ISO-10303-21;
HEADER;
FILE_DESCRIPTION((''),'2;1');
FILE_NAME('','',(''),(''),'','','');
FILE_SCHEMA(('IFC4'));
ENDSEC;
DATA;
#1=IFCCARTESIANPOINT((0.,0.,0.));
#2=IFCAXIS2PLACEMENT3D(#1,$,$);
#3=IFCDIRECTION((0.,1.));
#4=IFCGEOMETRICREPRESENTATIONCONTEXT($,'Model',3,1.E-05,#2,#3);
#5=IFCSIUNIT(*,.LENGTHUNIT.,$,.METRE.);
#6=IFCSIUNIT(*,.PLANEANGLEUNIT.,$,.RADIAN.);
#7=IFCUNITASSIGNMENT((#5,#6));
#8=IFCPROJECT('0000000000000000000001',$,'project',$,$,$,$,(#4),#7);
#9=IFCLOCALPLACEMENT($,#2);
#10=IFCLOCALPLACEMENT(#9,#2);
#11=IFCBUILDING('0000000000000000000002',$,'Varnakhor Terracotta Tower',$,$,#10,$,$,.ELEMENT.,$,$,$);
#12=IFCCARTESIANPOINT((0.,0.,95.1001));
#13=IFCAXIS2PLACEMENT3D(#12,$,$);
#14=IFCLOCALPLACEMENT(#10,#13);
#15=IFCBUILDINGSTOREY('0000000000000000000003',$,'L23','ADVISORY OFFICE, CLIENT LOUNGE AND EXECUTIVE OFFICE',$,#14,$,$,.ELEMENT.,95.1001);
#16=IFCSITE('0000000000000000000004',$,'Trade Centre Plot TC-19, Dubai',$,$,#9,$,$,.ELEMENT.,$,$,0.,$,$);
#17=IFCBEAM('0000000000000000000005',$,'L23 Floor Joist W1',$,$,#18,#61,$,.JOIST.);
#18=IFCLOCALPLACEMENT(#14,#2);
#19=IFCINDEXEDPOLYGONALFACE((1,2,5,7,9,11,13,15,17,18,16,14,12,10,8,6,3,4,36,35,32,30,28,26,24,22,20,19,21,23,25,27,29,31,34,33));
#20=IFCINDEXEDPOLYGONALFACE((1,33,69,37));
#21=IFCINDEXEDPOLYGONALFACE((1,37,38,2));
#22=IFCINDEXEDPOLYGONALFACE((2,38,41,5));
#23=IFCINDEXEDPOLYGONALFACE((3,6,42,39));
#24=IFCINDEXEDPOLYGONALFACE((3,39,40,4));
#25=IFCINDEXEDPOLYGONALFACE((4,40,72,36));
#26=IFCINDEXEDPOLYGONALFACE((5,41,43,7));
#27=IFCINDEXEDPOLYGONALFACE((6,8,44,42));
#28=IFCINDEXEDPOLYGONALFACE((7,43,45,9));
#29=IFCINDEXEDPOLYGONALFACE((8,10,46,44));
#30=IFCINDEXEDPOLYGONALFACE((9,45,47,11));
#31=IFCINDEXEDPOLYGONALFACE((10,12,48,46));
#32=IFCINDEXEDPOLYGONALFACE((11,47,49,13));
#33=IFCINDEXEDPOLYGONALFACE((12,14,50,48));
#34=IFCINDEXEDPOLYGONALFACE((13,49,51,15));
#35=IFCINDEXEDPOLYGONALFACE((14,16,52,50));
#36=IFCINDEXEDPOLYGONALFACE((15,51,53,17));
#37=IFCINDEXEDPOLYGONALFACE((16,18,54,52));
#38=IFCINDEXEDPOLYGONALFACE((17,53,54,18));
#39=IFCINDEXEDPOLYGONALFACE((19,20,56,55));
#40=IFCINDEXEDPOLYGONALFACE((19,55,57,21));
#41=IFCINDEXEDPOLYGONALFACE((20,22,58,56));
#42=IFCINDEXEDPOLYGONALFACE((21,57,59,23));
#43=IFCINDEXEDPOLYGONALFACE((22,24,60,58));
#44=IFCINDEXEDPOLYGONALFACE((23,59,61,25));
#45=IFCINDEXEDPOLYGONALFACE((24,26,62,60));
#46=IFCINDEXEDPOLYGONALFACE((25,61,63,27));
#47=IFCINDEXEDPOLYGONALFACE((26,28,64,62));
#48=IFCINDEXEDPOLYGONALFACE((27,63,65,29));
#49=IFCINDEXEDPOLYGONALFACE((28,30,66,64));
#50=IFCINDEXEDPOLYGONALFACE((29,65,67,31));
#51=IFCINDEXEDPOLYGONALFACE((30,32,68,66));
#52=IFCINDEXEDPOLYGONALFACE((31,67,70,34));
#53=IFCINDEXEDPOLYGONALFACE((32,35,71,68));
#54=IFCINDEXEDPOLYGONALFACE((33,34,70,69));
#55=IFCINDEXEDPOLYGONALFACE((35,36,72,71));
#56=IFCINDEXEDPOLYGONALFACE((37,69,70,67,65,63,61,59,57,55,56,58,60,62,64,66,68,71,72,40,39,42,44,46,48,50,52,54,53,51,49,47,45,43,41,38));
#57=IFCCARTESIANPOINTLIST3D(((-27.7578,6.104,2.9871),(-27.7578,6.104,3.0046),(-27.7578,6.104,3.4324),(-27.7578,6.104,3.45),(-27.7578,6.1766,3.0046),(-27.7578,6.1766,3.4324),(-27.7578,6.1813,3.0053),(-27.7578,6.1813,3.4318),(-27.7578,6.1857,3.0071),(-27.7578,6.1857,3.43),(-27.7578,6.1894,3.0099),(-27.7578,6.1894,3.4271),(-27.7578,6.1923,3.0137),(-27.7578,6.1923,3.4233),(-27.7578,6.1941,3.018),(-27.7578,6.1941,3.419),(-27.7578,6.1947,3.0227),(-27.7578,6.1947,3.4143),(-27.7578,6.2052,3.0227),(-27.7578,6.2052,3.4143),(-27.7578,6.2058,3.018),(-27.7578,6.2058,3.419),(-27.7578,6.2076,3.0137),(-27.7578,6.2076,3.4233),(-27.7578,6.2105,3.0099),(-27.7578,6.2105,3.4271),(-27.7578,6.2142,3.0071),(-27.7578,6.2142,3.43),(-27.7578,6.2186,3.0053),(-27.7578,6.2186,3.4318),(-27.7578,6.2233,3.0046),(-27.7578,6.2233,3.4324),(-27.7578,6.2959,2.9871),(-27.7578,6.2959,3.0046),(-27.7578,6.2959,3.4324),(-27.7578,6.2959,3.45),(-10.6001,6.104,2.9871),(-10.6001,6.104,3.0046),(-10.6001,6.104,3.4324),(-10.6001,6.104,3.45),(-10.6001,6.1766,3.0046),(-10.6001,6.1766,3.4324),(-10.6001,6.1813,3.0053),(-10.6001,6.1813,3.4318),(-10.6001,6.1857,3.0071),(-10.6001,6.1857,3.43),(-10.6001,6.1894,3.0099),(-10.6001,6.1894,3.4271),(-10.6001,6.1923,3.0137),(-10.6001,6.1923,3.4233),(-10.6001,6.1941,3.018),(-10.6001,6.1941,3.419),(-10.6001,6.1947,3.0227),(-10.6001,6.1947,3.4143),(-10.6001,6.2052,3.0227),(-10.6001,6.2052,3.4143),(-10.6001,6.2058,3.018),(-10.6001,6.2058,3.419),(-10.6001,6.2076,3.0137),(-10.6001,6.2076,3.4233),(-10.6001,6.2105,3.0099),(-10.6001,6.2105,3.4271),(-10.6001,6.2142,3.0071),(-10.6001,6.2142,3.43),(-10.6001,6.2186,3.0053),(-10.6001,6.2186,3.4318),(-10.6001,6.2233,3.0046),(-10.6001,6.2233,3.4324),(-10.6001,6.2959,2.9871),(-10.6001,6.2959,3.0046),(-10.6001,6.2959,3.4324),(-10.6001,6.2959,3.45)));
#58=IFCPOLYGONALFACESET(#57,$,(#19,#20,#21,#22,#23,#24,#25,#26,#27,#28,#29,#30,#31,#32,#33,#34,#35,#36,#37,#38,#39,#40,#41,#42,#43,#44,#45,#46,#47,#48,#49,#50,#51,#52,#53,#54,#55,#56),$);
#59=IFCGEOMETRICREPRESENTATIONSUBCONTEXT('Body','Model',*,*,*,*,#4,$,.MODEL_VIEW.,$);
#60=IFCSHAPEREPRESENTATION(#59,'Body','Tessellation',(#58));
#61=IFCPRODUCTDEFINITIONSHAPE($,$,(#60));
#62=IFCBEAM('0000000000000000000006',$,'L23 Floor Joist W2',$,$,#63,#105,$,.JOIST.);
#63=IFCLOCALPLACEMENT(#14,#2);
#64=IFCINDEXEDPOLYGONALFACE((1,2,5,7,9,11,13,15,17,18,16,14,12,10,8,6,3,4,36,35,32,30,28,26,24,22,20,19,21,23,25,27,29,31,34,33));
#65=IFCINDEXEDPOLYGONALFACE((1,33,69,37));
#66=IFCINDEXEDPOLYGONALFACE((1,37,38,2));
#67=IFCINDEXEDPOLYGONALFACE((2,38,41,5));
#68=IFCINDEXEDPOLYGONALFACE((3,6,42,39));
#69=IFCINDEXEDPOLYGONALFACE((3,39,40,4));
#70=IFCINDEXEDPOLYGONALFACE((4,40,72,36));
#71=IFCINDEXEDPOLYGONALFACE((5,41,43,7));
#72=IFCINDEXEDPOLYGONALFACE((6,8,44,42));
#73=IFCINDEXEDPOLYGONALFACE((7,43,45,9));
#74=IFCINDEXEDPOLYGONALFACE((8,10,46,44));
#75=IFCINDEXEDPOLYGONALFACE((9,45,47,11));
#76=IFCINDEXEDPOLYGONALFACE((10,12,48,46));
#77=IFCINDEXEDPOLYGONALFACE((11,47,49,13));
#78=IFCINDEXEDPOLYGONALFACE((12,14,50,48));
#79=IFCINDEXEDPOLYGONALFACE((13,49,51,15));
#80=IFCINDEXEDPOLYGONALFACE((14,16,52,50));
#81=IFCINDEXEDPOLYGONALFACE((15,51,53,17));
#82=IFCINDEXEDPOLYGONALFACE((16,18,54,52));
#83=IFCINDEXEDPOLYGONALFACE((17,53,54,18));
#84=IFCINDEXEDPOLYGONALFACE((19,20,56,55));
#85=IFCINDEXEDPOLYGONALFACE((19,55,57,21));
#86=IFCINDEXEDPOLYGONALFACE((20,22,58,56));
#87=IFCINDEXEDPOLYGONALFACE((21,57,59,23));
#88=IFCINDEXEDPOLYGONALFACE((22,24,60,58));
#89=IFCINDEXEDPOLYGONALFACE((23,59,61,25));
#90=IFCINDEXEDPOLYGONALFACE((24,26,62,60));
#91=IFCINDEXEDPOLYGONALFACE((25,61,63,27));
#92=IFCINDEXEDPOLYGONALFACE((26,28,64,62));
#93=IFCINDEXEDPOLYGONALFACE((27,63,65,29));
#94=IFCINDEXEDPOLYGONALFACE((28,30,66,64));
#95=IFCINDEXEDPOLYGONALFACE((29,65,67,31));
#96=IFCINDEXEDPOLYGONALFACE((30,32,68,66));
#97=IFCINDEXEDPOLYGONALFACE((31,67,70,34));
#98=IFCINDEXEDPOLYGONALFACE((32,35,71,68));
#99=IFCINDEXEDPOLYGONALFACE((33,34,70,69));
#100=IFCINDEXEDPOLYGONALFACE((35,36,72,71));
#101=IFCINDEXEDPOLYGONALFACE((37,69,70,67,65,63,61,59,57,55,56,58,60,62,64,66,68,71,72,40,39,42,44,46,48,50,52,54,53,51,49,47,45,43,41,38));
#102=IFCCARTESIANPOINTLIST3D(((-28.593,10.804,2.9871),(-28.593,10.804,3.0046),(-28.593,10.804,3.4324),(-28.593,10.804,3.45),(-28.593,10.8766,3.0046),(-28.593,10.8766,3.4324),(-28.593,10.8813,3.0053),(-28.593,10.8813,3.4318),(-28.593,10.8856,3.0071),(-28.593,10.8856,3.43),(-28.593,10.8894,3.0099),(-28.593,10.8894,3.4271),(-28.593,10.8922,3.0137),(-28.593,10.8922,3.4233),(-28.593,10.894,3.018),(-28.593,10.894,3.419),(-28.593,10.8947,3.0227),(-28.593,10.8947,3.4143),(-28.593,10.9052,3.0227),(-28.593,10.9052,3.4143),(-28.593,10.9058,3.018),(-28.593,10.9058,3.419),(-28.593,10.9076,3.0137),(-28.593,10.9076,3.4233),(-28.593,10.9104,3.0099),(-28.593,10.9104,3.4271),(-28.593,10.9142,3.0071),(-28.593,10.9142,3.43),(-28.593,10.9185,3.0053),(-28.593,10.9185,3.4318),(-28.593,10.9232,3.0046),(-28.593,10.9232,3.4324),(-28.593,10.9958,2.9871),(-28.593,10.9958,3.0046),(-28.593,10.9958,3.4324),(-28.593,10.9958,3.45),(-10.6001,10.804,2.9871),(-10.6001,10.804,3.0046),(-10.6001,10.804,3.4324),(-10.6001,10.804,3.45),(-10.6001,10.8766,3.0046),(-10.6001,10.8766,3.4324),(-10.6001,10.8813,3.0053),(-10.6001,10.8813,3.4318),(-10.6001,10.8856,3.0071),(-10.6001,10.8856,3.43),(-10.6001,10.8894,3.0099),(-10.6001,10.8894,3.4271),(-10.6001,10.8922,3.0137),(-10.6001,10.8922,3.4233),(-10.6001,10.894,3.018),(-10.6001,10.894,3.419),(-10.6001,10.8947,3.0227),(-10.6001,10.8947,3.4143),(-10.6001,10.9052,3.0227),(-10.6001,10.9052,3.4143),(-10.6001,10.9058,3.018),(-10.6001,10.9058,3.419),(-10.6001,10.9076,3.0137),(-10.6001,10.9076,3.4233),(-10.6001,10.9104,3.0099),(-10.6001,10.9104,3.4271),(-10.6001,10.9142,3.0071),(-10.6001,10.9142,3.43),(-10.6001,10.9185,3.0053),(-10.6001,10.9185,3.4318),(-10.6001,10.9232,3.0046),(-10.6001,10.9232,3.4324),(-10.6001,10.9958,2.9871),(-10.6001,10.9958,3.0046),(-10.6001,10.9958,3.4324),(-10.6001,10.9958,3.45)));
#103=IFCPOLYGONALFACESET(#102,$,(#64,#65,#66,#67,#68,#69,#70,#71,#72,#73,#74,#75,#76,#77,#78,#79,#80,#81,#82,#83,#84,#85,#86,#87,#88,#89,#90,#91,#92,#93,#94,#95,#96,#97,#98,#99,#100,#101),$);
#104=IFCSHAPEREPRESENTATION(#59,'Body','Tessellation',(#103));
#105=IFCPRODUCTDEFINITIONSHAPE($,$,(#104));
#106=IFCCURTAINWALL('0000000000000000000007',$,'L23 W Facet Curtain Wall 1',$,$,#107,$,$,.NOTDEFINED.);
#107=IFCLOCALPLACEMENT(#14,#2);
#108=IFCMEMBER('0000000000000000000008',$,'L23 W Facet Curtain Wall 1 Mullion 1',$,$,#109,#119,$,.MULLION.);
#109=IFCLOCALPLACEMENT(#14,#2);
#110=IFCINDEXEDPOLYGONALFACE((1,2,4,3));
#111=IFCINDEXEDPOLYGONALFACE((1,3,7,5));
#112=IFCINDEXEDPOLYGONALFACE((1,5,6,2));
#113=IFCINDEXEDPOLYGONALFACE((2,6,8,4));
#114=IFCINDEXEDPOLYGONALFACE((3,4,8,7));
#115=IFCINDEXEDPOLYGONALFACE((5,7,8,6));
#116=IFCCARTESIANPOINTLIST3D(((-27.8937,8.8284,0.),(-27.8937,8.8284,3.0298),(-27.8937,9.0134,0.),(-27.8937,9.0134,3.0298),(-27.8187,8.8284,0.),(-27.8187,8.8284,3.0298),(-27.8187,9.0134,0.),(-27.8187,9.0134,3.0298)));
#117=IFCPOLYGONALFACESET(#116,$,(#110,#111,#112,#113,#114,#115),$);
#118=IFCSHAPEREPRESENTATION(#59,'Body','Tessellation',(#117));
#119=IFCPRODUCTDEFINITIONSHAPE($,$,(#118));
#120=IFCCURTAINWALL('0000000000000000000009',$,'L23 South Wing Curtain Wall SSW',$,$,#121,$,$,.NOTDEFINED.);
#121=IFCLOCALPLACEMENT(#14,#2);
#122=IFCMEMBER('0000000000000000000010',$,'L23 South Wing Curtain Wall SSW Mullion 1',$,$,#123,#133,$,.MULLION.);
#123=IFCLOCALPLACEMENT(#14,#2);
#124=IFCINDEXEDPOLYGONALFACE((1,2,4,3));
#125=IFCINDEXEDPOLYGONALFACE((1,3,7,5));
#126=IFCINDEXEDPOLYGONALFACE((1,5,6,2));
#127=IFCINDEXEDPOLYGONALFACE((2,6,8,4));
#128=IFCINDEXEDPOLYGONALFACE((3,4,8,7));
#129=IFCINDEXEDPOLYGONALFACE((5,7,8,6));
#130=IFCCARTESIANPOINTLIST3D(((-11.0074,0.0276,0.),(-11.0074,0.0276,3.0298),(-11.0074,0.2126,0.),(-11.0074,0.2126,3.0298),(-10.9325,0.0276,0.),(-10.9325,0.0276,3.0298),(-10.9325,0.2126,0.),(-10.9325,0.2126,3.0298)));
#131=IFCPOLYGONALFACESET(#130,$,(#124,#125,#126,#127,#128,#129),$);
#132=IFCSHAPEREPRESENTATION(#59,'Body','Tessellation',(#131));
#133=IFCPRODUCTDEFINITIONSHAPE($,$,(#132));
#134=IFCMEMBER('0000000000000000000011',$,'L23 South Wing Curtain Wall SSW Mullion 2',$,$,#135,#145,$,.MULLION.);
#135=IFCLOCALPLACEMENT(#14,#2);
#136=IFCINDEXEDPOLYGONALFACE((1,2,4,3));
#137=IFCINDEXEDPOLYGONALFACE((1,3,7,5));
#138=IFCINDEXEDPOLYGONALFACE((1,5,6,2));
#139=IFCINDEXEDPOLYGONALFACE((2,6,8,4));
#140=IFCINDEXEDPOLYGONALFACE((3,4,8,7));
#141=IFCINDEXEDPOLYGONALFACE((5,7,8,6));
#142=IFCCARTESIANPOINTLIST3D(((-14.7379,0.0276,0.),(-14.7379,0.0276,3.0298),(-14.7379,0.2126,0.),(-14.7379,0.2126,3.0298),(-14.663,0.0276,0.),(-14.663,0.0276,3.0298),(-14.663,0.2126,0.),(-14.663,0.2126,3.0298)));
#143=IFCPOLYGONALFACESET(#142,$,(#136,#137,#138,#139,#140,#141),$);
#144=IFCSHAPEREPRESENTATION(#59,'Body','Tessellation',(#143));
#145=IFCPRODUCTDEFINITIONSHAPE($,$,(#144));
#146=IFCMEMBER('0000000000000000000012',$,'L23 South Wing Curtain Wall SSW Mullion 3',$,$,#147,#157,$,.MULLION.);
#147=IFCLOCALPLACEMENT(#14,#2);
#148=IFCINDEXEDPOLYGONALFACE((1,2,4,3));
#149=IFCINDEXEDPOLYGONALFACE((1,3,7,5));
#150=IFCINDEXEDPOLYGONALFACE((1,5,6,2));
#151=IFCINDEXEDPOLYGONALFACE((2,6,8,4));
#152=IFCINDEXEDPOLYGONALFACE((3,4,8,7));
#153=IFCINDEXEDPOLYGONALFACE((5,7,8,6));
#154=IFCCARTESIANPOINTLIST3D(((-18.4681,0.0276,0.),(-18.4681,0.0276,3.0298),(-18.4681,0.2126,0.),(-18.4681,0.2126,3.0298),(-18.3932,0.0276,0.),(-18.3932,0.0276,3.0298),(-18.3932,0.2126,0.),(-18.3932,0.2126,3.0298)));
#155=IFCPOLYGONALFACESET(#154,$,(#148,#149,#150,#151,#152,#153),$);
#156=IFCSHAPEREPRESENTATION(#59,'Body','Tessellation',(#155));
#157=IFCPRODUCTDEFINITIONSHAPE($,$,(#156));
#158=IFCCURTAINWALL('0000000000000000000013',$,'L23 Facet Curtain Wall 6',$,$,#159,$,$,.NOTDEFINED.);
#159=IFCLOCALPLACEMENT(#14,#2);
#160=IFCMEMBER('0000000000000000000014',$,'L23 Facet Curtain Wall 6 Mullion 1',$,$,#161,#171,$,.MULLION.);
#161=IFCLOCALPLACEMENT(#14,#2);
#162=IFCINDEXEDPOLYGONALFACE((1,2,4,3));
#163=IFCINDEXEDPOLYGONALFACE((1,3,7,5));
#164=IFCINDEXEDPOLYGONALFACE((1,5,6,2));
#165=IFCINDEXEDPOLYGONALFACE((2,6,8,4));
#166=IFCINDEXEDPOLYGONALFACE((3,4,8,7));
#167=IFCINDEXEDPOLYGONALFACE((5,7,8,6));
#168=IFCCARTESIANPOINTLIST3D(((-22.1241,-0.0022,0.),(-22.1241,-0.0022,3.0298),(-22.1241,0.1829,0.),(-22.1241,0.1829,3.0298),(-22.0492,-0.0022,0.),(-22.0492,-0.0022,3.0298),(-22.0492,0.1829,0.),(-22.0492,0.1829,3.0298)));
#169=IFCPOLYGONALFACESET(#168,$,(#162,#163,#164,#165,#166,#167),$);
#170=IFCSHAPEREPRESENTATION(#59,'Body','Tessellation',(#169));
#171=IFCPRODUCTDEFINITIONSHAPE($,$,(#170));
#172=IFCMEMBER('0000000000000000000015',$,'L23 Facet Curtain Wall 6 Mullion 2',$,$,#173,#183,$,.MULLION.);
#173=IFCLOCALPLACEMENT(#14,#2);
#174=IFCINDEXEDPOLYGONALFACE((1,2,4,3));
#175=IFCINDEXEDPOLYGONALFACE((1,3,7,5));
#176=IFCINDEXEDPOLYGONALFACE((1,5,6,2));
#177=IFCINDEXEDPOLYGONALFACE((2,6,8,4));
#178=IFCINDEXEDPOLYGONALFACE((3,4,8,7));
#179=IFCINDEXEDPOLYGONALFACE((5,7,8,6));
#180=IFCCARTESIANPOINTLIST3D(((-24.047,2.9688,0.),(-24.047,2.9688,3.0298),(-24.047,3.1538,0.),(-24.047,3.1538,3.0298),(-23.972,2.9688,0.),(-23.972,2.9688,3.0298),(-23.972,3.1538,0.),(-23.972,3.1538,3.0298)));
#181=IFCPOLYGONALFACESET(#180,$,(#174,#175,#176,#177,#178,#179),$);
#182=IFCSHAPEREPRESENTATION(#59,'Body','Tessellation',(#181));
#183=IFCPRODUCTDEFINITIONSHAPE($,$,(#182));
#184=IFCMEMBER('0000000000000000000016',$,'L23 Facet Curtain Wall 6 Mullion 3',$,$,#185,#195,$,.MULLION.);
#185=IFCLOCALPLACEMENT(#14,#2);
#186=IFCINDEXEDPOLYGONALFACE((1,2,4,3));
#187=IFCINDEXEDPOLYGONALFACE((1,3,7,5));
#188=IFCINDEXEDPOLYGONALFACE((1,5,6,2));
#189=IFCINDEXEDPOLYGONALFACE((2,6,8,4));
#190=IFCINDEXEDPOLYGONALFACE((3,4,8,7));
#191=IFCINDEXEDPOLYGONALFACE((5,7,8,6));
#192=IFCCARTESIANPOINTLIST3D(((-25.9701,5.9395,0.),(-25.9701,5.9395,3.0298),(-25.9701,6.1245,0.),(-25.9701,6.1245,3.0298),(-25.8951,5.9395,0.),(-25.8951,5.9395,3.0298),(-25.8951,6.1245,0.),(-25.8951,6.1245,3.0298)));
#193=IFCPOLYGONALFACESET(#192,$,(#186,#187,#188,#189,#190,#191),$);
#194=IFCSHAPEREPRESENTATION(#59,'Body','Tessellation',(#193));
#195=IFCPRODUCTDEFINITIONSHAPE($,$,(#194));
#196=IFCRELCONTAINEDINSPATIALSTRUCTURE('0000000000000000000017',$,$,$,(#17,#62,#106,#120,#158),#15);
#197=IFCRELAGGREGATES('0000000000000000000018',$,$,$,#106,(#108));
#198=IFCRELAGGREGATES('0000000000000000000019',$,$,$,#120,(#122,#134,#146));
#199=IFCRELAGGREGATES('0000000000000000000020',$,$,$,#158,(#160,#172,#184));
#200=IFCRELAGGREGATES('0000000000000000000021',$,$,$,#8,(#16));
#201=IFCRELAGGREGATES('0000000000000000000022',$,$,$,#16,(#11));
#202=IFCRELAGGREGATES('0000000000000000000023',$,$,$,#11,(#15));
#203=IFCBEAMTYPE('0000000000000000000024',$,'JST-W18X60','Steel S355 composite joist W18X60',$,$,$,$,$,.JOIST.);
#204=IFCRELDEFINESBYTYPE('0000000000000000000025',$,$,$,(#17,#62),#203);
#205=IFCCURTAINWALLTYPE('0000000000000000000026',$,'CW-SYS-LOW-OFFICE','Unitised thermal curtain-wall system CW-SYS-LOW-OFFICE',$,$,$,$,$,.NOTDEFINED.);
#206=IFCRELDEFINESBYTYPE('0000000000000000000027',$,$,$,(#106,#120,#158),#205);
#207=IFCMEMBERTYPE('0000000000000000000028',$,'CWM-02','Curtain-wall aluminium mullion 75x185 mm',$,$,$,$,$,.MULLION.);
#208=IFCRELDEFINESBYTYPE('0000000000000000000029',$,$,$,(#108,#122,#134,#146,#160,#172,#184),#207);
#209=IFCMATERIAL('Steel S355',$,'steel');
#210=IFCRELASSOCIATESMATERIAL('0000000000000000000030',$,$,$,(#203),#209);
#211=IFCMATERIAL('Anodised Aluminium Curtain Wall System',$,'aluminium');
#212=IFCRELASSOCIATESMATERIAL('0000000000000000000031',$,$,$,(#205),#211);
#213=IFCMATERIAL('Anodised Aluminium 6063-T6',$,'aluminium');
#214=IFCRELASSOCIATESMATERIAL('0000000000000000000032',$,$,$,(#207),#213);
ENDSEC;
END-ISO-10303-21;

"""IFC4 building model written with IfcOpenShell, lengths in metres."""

from ifc_helpers import new_model, si_unit, direction, frame, origin, origin_2d, place, context, subcontext, project, spatial, rectangle, i_section, extrude, source, transform, mapped, material, material_profile, profile_set, type_object, element, aggregate, save


model = new_model("IFC4")

# Units and contexts
model_context = context("Model", 3, precision=1e-05, world=origin(), true_north=direction((0.0, 1.0)))
body_context = subcontext(model_context, "Body", "Model", "MODEL_VIEW")
ifc_project = project(units=[si_unit("LENGTHUNIT", "METRE"), si_unit("PLANEANGLEUNIT", "RADIAN")], contexts=[model_context])

# Site, building, storey
site_placement = place(None, origin())
site = spatial("IfcSite", under=ifc_project, at=site_placement, Name="Trade Centre Plot TC-19, Dubai", CompositionType="ELEMENT", RefElevation=0.0)
building_placement = place(site_placement, origin())
building = spatial("IfcBuilding", under=site, at=building_placement, Name="Varnakhor Terracotta Tower", CompositionType="ELEMENT")
storey_placement = place(building_placement, frame((0.0, 0.0, 95.1001)))
storey = spatial("IfcBuildingStorey", under=building, at=storey_placement, Name="L23", Description="ADVISORY OFFICE, CLIENT LOUNGE AND EXECUTIVE OFFICE", CompositionType="ELEMENT", Elevation=95.1001)

# Beams
ifc_material_1 = material(Name="Steel S355", Category="steel")
ifc_material_profile_1 = material_profile(ifc_material_1, i_section(OverallWidth=0.1919, OverallDepth=0.4629, WebThickness=0.0105, FlangeThickness=0.0176, FilletRadius=0.0181, at=origin_2d()), Name="W18X60")
ifc_profile_set_1 = profile_set([ifc_material_profile_1], Name="Steel S355")
beam_type_1 = type_object("IfcBeamType", Name="JST-W18X60", Description="Steel S355 composite joist W18X60", PredefinedType="JOIST", material=ifc_profile_set_1)
shared_shape_1 = source(origin(), body_context, "Body", "SweptSolid", [
    extrude(i_section(OverallWidth=0.1919, OverallDepth=0.4629, WebThickness=0.0105, FlangeThickness=0.0176, FilletRadius=0.0181, at=origin_2d()), origin(), (0.0, 0.0, 1.0), 17.1577),
])
beam_1_placement = place(storey_placement, frame((-27.7578, 6.2, 3.2185), z_axis=(1.0, 0.0, 0.0), x_axis=(0.0, 1.0, 0.0)))
element("IfcBeam", 1, at=beam_1_placement, inside=storey, type_object=beam_type_1, Name="L23 Floor Joist W1", PredefinedType="JOIST", context=body_context, shape_type="MappedRepresentation", body=[
    mapped(shared_shape_1, transform((0.0, 0.0, 0.0), scale=1.0)),
])
shared_shape_2 = source(origin(), body_context, "Body", "SweptSolid", [
    extrude(i_section(OverallWidth=0.1919, OverallDepth=0.4629, WebThickness=0.0105, FlangeThickness=0.0176, FilletRadius=0.0181, at=origin_2d()), origin(), (0.0, 0.0, 1.0), 17.9929),
])
beam_2_placement = place(storey_placement, frame((-28.593, 10.8999, 3.2185), z_axis=(1.0, 0.0, 0.0), x_axis=(0.0, 1.0, 0.0)))
element("IfcBeam", 2, at=beam_2_placement, inside=storey, type_object=beam_type_1, Name="L23 Floor Joist W2", PredefinedType="JOIST", context=body_context, shape_type="MappedRepresentation", body=[
    mapped(shared_shape_2, transform((0.0, 0.0, 0.0), scale=1.0)),
])

# Curtain wall, member
ifc_material_2 = material(Name="Anodised Aluminium Curtain Wall System", Category="aluminium")
curtain_wall_type = type_object("IfcCurtainWallType", Name="CW-SYS-LOW-OFFICE", Description="Unitised thermal curtain-wall system CW-SYS-LOW-OFFICE", PredefinedType="NOTDEFINED", material=ifc_material_2)
curtain_wall_1_placement = place(storey_placement, origin())
curtain_wall_1 = element("IfcCurtainWall", 3, at=curtain_wall_1_placement, inside=storey, type_object=curtain_wall_type, Name="L23 W Facet Curtain Wall 1", PredefinedType="NOTDEFINED")
ifc_material_3 = material(Name="Anodised Aluminium 6063-T6", Category="aluminium")
ifc_material_profile_2 = material_profile(ifc_material_3, rectangle(XDim=0.075, YDim=0.1851, at=origin_2d()), Name="ALU MULLION 75x185")
ifc_profile_set_2 = profile_set([ifc_material_profile_2], Name="Anodised Aluminium 6063-T6")
member_type_1 = type_object("IfcMemberType", Name="CWM-02", Description="Curtain-wall aluminium mullion 75x185 mm", PredefinedType="MULLION", material=ifc_profile_set_2)
shared_shape_3 = source(origin(), body_context, "Body", "SweptSolid", [
    extrude(rectangle(XDim=0.075, YDim=0.1851, at=origin_2d()), origin(), (0.0, 0.0, 1.0), 3.0298),
])
member_1_placement = place(storey_placement, frame((-27.8562, 8.9209, 0.0), z_axis=(0.0, 0.0, 1.0), x_axis=(1.0, 0.0, 0.0)))
member_1 = element("IfcMember", 4, at=member_1_placement, type_object=member_type_1, Name="L23 W Facet Curtain Wall 1 Mullion 1", PredefinedType="MULLION", context=body_context, shape_type="MappedRepresentation", body=[
    mapped(shared_shape_3, transform((0.0, 0.0, 0.0), scale=1.0)),
])

# Curtain walls, members
curtain_wall_2_placement = place(storey_placement, origin())
curtain_wall_2 = element("IfcCurtainWall", 5, at=curtain_wall_2_placement, inside=storey, type_object=curtain_wall_type, Name="L23 South Wing Curtain Wall SSW", PredefinedType="NOTDEFINED")
member_2_placement = place(storey_placement, frame((-10.97, 0.1201, 0.0), z_axis=(0.0, 0.0, 1.0), x_axis=(1.0, 0.0, 0.0)))
member_2 = element("IfcMember", 6, at=member_2_placement, type_object=member_type_1, Name="L23 South Wing Curtain Wall SSW Mullion 1", PredefinedType="MULLION", context=body_context, shape_type="MappedRepresentation", body=[
    mapped(shared_shape_3, transform((0.0, 0.0, 0.0), scale=1.0)),
])
member_3_placement = place(storey_placement, frame((-14.7004, 0.1201, 0.0), z_axis=(0.0, 0.0, 1.0), x_axis=(1.0, 0.0, 0.0)))
member_3 = element("IfcMember", 7, at=member_3_placement, type_object=member_type_1, Name="L23 South Wing Curtain Wall SSW Mullion 2", PredefinedType="MULLION", context=body_context, shape_type="MappedRepresentation", body=[
    mapped(shared_shape_3, transform((0.0, 0.0, 0.0), scale=1.0)),
])
member_4_placement = place(storey_placement, frame((-18.4307, 0.1201, 0.0), z_axis=(0.0, 0.0, 1.0), x_axis=(1.0, 0.0, 0.0)))
member_4 = element("IfcMember", 8, at=member_4_placement, type_object=member_type_1, Name="L23 South Wing Curtain Wall SSW Mullion 3", PredefinedType="MULLION", context=body_context, shape_type="MappedRepresentation", body=[
    mapped(shared_shape_3, transform((0.0, 0.0, 0.0), scale=1.0)),
])
curtain_wall_3_placement = place(storey_placement, origin())
curtain_wall_3 = element("IfcCurtainWall", 9, at=curtain_wall_3_placement, inside=storey, type_object=curtain_wall_type, Name="L23 Facet Curtain Wall 6", PredefinedType="NOTDEFINED")
member_5_placement = place(storey_placement, frame((-22.0867, 0.0903, 0.0), z_axis=(0.0, 0.0, 1.0), x_axis=(1.0, 0.0, 0.0)))
member_5 = element("IfcMember", 10, at=member_5_placement, type_object=member_type_1, Name="L23 Facet Curtain Wall 6 Mullion 1", PredefinedType="MULLION", context=body_context, shape_type="MappedRepresentation", body=[
    mapped(shared_shape_3, transform((0.0, 0.0, 0.0), scale=1.0)),
])
member_6_placement = place(storey_placement, frame((-24.0095, 3.0613, 0.0), z_axis=(0.0, 0.0, 1.0), x_axis=(1.0, 0.0, 0.0)))
member_6 = element("IfcMember", 11, at=member_6_placement, type_object=member_type_1, Name="L23 Facet Curtain Wall 6 Mullion 2", PredefinedType="MULLION", context=body_context, shape_type="MappedRepresentation", body=[
    mapped(shared_shape_3, transform((0.0, 0.0, 0.0), scale=1.0)),
])
member_7_placement = place(storey_placement, frame((-25.9326, 6.032, 0.0), z_axis=(0.0, 0.0, 1.0), x_axis=(1.0, 0.0, 0.0)))
member_7 = element("IfcMember", 12, at=member_7_placement, type_object=member_type_1, Name="L23 Facet Curtain Wall 6 Mullion 3", PredefinedType="MULLION", context=body_context, shape_type="MappedRepresentation", body=[
    mapped(shared_shape_3, transform((0.0, 0.0, 0.0), scale=1.0)),
])

aggregate(curtain_wall_1, [member_1])
aggregate(curtain_wall_2, [member_2, member_3, member_4])
aggregate(curtain_wall_3, [member_5, member_6, member_7])

save(model, "model.ifc")
